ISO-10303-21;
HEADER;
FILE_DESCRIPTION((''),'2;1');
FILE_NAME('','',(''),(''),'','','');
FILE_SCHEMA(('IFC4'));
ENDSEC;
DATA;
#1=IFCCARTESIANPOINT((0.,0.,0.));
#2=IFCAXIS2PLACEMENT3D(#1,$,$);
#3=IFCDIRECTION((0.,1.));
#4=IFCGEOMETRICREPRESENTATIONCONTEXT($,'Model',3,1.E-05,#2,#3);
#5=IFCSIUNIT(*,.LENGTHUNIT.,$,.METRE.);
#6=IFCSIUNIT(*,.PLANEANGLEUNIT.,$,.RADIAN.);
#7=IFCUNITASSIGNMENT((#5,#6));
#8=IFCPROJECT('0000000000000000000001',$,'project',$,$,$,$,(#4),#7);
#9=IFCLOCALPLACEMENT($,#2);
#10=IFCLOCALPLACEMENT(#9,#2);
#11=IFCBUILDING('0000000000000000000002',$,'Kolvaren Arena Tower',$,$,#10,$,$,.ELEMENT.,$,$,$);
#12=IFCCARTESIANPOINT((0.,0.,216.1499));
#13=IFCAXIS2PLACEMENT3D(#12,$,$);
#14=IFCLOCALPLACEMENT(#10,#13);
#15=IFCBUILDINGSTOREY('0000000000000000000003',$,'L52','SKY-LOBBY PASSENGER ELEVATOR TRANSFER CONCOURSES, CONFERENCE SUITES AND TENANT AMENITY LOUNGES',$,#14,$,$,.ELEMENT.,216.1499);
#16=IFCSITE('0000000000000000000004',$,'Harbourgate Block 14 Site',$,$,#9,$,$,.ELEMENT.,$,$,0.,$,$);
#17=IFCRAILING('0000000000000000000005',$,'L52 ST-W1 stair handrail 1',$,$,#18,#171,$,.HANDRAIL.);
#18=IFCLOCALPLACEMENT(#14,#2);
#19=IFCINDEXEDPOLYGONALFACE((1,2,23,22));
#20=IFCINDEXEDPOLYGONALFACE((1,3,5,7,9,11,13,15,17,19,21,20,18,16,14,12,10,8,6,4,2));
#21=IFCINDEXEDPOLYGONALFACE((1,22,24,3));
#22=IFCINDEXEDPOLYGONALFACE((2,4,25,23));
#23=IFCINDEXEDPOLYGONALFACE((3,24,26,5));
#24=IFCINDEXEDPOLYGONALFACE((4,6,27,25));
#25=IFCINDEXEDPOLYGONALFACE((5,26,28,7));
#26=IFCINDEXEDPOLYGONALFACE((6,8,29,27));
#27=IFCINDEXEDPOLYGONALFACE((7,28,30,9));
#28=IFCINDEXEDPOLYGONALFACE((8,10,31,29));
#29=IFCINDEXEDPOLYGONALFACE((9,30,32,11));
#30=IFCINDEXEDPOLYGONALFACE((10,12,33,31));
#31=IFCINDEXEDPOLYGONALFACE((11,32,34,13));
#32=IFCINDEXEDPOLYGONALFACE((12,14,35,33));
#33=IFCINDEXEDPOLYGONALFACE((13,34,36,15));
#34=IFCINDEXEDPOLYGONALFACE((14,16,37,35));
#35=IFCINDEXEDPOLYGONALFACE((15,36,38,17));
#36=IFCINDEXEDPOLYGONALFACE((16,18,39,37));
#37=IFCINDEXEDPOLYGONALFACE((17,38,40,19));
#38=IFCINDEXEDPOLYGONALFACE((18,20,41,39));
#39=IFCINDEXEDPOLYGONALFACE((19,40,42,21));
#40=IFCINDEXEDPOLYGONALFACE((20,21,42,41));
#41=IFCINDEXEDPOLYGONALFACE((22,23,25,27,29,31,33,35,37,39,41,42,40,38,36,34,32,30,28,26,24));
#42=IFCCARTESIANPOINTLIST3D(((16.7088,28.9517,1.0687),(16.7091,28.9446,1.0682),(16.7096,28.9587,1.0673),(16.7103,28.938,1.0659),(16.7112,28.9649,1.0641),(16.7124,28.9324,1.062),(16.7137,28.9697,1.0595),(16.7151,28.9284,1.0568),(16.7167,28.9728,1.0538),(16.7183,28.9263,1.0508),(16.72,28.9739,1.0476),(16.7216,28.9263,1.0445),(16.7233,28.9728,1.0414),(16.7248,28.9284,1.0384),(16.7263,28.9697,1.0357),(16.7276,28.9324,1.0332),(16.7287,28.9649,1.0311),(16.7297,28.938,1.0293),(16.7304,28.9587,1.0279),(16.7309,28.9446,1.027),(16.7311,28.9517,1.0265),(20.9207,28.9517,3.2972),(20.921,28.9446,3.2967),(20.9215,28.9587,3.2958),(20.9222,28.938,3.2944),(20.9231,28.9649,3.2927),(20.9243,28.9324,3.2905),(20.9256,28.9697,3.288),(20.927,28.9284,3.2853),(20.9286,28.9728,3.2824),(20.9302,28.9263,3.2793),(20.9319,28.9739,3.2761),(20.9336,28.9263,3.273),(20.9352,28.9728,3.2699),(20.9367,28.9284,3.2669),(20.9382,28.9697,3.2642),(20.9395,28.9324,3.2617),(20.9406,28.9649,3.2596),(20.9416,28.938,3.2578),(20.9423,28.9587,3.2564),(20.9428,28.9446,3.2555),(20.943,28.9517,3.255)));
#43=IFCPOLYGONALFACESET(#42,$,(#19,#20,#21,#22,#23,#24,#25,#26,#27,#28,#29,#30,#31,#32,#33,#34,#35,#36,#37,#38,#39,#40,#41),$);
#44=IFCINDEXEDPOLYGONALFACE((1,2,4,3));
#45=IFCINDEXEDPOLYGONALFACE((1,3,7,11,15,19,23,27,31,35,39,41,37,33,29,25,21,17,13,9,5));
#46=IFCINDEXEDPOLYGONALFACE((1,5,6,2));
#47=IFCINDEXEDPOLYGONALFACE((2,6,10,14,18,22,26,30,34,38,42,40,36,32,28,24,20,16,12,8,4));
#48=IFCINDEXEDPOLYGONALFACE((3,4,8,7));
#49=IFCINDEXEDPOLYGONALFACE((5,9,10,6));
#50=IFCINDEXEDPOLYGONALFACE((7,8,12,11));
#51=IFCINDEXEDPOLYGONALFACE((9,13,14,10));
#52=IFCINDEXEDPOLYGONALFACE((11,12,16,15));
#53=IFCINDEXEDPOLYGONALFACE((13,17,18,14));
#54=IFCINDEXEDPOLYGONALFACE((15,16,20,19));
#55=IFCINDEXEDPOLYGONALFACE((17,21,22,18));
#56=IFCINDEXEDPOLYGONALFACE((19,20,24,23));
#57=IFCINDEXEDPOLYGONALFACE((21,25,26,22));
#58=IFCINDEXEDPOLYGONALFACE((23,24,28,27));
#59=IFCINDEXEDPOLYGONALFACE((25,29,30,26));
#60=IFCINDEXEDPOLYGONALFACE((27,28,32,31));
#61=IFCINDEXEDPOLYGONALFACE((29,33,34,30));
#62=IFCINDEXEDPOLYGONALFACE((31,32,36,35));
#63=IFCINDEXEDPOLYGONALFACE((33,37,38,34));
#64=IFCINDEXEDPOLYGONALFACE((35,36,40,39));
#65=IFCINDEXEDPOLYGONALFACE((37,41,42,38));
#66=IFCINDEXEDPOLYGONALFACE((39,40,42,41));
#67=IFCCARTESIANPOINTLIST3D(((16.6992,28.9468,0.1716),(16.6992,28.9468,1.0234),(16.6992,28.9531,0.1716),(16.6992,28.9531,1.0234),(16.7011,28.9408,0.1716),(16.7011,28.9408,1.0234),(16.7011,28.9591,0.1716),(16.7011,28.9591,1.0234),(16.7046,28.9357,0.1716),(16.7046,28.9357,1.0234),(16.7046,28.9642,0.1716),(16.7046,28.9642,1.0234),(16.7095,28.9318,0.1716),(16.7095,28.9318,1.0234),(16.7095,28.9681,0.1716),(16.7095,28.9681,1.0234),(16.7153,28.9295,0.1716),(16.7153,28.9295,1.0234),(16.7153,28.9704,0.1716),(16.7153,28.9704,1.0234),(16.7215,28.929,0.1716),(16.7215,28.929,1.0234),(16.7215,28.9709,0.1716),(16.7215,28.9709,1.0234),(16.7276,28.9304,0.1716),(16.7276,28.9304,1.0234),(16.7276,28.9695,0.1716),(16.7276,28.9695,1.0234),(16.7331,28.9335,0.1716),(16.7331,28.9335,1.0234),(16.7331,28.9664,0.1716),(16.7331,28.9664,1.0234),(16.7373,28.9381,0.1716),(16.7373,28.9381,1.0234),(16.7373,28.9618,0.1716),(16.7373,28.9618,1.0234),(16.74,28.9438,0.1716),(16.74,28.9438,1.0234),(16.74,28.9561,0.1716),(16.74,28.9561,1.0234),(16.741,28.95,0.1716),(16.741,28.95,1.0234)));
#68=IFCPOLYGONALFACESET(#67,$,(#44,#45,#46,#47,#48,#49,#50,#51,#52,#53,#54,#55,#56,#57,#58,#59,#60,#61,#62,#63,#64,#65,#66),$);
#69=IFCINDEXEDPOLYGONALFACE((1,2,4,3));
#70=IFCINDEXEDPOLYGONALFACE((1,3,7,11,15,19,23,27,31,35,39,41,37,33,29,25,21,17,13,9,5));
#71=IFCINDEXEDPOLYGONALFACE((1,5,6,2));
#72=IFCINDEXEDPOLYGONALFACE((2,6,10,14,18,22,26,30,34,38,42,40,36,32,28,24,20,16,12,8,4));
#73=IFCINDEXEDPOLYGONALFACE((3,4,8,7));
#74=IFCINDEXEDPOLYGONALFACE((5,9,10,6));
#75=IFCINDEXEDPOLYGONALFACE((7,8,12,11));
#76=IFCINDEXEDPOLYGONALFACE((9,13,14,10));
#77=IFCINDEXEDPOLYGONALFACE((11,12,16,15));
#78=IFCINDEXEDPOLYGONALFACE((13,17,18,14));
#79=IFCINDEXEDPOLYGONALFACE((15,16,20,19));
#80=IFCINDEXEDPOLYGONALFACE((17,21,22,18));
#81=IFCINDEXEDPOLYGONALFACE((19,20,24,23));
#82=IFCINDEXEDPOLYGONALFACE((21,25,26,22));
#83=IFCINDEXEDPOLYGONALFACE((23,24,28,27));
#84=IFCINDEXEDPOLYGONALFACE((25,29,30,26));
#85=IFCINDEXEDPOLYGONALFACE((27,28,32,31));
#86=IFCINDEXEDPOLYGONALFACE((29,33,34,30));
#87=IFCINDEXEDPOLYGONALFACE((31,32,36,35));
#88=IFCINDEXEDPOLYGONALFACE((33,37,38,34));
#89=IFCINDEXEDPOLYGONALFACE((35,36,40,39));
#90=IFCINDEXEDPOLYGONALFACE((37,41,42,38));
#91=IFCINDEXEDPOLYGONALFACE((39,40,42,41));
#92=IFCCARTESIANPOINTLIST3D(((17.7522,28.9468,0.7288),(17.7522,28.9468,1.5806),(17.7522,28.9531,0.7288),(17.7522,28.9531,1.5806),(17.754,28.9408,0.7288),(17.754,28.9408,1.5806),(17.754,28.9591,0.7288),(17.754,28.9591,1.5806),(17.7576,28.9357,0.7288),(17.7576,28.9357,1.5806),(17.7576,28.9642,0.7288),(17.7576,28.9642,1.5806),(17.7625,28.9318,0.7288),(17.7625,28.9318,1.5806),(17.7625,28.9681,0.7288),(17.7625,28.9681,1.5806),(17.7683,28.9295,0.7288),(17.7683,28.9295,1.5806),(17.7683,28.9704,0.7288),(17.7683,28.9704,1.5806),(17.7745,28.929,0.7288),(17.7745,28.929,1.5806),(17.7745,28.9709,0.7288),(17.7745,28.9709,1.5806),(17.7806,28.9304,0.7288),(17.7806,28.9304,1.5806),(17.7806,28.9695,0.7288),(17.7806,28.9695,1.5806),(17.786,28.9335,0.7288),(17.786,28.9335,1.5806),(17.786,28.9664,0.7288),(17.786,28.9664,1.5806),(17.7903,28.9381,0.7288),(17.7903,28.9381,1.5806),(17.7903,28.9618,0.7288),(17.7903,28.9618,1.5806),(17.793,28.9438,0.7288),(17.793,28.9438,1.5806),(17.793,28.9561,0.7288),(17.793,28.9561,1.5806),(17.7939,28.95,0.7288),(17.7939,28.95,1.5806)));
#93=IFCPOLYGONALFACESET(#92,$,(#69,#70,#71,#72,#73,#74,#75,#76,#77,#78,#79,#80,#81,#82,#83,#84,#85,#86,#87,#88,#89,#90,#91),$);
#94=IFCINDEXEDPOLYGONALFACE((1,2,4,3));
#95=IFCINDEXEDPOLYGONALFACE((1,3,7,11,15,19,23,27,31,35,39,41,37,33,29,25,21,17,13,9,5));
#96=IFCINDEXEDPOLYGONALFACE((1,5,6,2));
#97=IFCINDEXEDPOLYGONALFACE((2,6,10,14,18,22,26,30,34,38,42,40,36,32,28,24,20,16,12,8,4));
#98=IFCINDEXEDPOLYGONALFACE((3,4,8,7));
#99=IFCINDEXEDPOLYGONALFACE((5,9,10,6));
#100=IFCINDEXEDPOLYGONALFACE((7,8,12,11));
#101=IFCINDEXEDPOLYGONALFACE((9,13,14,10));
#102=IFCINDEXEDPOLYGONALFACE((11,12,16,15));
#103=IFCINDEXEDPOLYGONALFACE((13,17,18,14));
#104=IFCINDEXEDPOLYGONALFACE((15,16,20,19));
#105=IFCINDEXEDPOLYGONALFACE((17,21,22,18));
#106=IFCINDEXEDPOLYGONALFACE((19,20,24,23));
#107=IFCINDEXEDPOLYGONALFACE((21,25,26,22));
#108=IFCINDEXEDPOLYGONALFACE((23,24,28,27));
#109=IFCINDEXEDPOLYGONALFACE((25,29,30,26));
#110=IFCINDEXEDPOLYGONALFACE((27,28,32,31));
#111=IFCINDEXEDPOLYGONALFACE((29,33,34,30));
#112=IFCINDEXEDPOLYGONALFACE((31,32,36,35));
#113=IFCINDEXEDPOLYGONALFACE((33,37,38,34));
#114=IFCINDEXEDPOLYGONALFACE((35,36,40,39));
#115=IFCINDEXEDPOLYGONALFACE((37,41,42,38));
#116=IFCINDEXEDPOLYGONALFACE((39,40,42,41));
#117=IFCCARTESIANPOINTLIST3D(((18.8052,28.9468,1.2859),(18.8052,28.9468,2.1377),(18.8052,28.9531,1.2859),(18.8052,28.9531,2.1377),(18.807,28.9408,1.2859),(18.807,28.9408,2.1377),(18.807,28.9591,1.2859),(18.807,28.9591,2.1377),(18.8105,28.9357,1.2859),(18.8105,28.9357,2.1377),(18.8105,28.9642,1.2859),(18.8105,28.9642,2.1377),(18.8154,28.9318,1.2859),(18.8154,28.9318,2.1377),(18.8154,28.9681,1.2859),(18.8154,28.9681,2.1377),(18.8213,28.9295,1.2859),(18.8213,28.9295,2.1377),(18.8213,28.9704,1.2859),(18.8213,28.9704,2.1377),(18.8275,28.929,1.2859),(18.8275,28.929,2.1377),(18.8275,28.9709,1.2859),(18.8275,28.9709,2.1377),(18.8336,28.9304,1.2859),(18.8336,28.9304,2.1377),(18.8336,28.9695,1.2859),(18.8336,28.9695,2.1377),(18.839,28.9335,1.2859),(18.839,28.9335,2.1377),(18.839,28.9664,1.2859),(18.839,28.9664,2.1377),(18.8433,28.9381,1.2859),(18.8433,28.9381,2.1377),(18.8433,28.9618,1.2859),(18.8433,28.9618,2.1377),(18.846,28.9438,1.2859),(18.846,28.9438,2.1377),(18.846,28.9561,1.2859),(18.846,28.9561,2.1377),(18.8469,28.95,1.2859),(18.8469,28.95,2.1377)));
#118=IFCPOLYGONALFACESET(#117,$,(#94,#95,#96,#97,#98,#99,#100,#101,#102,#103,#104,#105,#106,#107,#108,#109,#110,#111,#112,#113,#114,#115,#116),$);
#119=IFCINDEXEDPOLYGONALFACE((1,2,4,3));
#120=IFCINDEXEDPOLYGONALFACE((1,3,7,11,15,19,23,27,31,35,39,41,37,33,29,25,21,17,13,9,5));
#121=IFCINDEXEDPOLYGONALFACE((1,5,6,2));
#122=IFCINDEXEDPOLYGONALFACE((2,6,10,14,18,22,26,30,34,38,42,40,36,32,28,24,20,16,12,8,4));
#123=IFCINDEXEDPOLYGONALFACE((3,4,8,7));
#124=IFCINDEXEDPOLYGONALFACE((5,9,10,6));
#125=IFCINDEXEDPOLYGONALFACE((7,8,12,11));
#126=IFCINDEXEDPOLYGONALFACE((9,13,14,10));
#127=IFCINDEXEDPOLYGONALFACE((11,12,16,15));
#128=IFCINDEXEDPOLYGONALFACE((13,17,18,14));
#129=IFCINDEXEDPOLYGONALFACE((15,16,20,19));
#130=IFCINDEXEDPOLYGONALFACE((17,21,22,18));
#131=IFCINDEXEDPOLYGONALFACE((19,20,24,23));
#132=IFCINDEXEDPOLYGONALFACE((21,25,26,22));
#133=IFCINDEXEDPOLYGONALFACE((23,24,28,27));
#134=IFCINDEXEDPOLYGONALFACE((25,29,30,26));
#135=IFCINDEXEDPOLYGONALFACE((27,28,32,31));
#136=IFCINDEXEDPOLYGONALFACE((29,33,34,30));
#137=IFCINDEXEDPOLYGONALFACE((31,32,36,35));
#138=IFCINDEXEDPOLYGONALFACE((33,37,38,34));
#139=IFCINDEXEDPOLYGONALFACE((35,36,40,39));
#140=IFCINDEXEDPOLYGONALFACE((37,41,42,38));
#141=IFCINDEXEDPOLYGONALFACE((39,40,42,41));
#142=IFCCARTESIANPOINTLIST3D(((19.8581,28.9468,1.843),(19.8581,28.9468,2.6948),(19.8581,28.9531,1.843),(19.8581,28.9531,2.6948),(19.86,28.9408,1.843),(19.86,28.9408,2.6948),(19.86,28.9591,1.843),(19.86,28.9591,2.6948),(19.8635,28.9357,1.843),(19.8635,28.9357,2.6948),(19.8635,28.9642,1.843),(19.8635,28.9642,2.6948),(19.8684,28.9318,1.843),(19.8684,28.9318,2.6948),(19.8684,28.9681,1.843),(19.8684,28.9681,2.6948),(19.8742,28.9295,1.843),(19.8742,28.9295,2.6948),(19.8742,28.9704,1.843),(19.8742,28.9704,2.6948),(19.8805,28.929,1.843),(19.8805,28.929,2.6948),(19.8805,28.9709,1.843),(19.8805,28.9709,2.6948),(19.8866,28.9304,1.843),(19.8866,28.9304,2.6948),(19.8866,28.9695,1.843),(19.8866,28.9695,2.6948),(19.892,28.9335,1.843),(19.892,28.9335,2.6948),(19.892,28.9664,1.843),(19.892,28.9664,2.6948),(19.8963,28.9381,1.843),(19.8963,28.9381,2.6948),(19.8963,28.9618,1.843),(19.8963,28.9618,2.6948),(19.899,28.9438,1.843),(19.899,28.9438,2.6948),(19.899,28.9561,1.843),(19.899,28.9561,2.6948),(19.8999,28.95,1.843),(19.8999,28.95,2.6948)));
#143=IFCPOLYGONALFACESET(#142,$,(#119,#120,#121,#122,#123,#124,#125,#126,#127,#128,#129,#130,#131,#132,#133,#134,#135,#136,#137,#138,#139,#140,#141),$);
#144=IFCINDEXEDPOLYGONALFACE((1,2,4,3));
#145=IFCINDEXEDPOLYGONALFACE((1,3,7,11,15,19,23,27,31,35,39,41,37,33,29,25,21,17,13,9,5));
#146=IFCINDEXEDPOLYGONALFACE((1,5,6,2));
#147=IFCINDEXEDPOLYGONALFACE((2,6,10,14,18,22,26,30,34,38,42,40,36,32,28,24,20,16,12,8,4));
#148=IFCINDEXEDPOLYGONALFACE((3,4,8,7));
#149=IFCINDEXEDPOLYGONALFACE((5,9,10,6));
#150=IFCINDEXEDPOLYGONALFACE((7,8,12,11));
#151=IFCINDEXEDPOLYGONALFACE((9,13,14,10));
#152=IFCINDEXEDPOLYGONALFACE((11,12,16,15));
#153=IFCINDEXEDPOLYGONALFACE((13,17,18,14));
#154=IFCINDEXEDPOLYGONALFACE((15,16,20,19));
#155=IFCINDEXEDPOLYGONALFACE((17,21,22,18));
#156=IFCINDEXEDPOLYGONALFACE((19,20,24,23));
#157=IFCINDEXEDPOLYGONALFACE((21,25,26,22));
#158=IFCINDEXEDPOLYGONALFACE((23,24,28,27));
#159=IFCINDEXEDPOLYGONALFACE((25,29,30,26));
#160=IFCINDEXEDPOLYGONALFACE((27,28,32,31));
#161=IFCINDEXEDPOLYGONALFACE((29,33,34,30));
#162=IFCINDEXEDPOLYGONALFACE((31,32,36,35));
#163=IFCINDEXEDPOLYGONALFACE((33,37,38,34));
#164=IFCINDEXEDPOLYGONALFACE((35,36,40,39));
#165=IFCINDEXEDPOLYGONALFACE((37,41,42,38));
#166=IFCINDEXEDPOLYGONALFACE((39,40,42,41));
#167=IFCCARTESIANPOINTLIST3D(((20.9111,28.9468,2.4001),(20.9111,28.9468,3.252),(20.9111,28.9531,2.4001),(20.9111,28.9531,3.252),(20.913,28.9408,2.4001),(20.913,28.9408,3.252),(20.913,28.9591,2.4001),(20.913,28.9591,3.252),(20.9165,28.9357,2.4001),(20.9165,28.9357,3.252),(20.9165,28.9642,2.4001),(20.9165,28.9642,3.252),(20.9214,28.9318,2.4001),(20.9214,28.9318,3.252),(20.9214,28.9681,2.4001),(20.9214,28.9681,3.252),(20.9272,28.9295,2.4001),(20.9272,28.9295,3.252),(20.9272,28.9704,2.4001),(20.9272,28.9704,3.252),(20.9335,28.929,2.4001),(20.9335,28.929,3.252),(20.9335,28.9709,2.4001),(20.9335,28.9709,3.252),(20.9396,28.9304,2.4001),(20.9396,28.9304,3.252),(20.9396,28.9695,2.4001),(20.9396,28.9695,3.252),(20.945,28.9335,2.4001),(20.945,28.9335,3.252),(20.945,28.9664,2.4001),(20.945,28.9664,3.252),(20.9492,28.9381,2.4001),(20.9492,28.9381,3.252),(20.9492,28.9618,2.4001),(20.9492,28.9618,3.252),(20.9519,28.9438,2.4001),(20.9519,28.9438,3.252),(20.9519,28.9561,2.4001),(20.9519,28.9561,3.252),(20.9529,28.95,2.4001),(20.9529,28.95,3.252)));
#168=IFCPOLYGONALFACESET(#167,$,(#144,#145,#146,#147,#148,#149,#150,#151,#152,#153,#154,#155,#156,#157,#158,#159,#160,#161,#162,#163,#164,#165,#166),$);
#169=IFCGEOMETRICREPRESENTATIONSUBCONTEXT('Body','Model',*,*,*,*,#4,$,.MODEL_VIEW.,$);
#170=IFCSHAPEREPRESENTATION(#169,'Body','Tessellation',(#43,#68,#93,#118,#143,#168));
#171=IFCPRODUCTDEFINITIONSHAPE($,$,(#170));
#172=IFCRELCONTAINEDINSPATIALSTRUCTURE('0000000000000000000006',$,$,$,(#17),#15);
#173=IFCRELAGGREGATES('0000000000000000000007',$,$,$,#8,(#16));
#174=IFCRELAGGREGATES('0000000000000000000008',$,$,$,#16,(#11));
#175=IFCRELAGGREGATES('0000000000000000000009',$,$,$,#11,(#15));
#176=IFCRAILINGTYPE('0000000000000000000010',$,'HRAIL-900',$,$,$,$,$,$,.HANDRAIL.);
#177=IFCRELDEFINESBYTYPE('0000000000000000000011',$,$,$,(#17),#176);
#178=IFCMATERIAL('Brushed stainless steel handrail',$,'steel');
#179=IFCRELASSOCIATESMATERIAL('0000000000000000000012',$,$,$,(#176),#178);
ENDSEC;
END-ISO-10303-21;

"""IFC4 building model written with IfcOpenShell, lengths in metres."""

from ifc_helpers import new_model, si_unit, direction, frame, origin, origin_2d, place, context, subcontext, project, spatial, circle, extrude, material, type_object, element, save


model = new_model("IFC4")

# Units and contexts
model_context = context("Model", 3, precision=1e-05, world=origin(), true_north=direction((0.0, 1.0)))
body_context = subcontext(model_context, "Body", "Model", "MODEL_VIEW")
ifc_project = project(units=[si_unit("LENGTHUNIT", "METRE"), si_unit("PLANEANGLEUNIT", "RADIAN")], contexts=[model_context])

# Site, building, storey
site_placement = place(None, origin())
site = spatial("IfcSite", under=ifc_project, at=site_placement, Name="Harbourgate Block 14 Site", CompositionType="ELEMENT", RefElevation=0.0)
building_placement = place(site_placement, origin())
building = spatial("IfcBuilding", under=site, at=building_placement, Name="Kolvaren Arena Tower", CompositionType="ELEMENT")
storey_placement = place(building_placement, frame((0.0, 0.0, 216.1499)))
storey = spatial("IfcBuildingStorey", under=building, at=storey_placement, Name="L52", Description="SKY-LOBBY PASSENGER ELEVATOR TRANSFER CONCOURSES, CONFERENCE SUITES AND TENANT AMENITY LOUNGES", CompositionType="ELEMENT", Elevation=216.1499)

# Railing
ifc_material_1 = material(Name="Brushed stainless steel handrail", Category="steel")
railing_type_1 = type_object("IfcRailingType", Name="HRAIL-900", PredefinedType="HANDRAIL", material=ifc_material_1)
railing_1_placement = place(storey_placement, frame((16.72, 28.95, 0.1716)))
element("IfcRailing", 1, at=railing_1_placement, inside=storey, type_object=railing_type_1, Name="L52 ST-W1 stair handrail 1", PredefinedType="HANDRAIL", context=body_context, shape_type="SweptSolid", body=[
    extrude(circle(Radius=0.0239, at=origin_2d()), frame((0.0, 0.0, 0.876), z_axis=(0.883903, 0.0, 0.467671), x_axis=(0.0, 1.0, 0.0)), (0.0, 0.0, 1.0), 4.7651),
    extrude(circle(Radius=0.021, at=origin_2d()), origin(), (0.0, 0.0, 1.0), 0.8518),
    extrude(circle(Radius=0.021, at=origin_2d()), frame((1.053, 0.0, 0.5571)), (0.0, 0.0, 1.0), 0.8518),
    extrude(circle(Radius=0.021, at=origin_2d()), frame((2.106, 0.0, 1.1143)), (0.0, 0.0, 1.0), 0.8518),
    extrude(circle(Radius=0.021, at=origin_2d()), frame((3.1589, 0.0, 1.6714)), (0.0, 0.0, 1.0), 0.8518),
    extrude(circle(Radius=0.021, at=origin_2d()), frame((4.2119, 0.0, 2.2285)), (0.0, 0.0, 1.0), 0.8518),
])

save(model, "model.ifc")
